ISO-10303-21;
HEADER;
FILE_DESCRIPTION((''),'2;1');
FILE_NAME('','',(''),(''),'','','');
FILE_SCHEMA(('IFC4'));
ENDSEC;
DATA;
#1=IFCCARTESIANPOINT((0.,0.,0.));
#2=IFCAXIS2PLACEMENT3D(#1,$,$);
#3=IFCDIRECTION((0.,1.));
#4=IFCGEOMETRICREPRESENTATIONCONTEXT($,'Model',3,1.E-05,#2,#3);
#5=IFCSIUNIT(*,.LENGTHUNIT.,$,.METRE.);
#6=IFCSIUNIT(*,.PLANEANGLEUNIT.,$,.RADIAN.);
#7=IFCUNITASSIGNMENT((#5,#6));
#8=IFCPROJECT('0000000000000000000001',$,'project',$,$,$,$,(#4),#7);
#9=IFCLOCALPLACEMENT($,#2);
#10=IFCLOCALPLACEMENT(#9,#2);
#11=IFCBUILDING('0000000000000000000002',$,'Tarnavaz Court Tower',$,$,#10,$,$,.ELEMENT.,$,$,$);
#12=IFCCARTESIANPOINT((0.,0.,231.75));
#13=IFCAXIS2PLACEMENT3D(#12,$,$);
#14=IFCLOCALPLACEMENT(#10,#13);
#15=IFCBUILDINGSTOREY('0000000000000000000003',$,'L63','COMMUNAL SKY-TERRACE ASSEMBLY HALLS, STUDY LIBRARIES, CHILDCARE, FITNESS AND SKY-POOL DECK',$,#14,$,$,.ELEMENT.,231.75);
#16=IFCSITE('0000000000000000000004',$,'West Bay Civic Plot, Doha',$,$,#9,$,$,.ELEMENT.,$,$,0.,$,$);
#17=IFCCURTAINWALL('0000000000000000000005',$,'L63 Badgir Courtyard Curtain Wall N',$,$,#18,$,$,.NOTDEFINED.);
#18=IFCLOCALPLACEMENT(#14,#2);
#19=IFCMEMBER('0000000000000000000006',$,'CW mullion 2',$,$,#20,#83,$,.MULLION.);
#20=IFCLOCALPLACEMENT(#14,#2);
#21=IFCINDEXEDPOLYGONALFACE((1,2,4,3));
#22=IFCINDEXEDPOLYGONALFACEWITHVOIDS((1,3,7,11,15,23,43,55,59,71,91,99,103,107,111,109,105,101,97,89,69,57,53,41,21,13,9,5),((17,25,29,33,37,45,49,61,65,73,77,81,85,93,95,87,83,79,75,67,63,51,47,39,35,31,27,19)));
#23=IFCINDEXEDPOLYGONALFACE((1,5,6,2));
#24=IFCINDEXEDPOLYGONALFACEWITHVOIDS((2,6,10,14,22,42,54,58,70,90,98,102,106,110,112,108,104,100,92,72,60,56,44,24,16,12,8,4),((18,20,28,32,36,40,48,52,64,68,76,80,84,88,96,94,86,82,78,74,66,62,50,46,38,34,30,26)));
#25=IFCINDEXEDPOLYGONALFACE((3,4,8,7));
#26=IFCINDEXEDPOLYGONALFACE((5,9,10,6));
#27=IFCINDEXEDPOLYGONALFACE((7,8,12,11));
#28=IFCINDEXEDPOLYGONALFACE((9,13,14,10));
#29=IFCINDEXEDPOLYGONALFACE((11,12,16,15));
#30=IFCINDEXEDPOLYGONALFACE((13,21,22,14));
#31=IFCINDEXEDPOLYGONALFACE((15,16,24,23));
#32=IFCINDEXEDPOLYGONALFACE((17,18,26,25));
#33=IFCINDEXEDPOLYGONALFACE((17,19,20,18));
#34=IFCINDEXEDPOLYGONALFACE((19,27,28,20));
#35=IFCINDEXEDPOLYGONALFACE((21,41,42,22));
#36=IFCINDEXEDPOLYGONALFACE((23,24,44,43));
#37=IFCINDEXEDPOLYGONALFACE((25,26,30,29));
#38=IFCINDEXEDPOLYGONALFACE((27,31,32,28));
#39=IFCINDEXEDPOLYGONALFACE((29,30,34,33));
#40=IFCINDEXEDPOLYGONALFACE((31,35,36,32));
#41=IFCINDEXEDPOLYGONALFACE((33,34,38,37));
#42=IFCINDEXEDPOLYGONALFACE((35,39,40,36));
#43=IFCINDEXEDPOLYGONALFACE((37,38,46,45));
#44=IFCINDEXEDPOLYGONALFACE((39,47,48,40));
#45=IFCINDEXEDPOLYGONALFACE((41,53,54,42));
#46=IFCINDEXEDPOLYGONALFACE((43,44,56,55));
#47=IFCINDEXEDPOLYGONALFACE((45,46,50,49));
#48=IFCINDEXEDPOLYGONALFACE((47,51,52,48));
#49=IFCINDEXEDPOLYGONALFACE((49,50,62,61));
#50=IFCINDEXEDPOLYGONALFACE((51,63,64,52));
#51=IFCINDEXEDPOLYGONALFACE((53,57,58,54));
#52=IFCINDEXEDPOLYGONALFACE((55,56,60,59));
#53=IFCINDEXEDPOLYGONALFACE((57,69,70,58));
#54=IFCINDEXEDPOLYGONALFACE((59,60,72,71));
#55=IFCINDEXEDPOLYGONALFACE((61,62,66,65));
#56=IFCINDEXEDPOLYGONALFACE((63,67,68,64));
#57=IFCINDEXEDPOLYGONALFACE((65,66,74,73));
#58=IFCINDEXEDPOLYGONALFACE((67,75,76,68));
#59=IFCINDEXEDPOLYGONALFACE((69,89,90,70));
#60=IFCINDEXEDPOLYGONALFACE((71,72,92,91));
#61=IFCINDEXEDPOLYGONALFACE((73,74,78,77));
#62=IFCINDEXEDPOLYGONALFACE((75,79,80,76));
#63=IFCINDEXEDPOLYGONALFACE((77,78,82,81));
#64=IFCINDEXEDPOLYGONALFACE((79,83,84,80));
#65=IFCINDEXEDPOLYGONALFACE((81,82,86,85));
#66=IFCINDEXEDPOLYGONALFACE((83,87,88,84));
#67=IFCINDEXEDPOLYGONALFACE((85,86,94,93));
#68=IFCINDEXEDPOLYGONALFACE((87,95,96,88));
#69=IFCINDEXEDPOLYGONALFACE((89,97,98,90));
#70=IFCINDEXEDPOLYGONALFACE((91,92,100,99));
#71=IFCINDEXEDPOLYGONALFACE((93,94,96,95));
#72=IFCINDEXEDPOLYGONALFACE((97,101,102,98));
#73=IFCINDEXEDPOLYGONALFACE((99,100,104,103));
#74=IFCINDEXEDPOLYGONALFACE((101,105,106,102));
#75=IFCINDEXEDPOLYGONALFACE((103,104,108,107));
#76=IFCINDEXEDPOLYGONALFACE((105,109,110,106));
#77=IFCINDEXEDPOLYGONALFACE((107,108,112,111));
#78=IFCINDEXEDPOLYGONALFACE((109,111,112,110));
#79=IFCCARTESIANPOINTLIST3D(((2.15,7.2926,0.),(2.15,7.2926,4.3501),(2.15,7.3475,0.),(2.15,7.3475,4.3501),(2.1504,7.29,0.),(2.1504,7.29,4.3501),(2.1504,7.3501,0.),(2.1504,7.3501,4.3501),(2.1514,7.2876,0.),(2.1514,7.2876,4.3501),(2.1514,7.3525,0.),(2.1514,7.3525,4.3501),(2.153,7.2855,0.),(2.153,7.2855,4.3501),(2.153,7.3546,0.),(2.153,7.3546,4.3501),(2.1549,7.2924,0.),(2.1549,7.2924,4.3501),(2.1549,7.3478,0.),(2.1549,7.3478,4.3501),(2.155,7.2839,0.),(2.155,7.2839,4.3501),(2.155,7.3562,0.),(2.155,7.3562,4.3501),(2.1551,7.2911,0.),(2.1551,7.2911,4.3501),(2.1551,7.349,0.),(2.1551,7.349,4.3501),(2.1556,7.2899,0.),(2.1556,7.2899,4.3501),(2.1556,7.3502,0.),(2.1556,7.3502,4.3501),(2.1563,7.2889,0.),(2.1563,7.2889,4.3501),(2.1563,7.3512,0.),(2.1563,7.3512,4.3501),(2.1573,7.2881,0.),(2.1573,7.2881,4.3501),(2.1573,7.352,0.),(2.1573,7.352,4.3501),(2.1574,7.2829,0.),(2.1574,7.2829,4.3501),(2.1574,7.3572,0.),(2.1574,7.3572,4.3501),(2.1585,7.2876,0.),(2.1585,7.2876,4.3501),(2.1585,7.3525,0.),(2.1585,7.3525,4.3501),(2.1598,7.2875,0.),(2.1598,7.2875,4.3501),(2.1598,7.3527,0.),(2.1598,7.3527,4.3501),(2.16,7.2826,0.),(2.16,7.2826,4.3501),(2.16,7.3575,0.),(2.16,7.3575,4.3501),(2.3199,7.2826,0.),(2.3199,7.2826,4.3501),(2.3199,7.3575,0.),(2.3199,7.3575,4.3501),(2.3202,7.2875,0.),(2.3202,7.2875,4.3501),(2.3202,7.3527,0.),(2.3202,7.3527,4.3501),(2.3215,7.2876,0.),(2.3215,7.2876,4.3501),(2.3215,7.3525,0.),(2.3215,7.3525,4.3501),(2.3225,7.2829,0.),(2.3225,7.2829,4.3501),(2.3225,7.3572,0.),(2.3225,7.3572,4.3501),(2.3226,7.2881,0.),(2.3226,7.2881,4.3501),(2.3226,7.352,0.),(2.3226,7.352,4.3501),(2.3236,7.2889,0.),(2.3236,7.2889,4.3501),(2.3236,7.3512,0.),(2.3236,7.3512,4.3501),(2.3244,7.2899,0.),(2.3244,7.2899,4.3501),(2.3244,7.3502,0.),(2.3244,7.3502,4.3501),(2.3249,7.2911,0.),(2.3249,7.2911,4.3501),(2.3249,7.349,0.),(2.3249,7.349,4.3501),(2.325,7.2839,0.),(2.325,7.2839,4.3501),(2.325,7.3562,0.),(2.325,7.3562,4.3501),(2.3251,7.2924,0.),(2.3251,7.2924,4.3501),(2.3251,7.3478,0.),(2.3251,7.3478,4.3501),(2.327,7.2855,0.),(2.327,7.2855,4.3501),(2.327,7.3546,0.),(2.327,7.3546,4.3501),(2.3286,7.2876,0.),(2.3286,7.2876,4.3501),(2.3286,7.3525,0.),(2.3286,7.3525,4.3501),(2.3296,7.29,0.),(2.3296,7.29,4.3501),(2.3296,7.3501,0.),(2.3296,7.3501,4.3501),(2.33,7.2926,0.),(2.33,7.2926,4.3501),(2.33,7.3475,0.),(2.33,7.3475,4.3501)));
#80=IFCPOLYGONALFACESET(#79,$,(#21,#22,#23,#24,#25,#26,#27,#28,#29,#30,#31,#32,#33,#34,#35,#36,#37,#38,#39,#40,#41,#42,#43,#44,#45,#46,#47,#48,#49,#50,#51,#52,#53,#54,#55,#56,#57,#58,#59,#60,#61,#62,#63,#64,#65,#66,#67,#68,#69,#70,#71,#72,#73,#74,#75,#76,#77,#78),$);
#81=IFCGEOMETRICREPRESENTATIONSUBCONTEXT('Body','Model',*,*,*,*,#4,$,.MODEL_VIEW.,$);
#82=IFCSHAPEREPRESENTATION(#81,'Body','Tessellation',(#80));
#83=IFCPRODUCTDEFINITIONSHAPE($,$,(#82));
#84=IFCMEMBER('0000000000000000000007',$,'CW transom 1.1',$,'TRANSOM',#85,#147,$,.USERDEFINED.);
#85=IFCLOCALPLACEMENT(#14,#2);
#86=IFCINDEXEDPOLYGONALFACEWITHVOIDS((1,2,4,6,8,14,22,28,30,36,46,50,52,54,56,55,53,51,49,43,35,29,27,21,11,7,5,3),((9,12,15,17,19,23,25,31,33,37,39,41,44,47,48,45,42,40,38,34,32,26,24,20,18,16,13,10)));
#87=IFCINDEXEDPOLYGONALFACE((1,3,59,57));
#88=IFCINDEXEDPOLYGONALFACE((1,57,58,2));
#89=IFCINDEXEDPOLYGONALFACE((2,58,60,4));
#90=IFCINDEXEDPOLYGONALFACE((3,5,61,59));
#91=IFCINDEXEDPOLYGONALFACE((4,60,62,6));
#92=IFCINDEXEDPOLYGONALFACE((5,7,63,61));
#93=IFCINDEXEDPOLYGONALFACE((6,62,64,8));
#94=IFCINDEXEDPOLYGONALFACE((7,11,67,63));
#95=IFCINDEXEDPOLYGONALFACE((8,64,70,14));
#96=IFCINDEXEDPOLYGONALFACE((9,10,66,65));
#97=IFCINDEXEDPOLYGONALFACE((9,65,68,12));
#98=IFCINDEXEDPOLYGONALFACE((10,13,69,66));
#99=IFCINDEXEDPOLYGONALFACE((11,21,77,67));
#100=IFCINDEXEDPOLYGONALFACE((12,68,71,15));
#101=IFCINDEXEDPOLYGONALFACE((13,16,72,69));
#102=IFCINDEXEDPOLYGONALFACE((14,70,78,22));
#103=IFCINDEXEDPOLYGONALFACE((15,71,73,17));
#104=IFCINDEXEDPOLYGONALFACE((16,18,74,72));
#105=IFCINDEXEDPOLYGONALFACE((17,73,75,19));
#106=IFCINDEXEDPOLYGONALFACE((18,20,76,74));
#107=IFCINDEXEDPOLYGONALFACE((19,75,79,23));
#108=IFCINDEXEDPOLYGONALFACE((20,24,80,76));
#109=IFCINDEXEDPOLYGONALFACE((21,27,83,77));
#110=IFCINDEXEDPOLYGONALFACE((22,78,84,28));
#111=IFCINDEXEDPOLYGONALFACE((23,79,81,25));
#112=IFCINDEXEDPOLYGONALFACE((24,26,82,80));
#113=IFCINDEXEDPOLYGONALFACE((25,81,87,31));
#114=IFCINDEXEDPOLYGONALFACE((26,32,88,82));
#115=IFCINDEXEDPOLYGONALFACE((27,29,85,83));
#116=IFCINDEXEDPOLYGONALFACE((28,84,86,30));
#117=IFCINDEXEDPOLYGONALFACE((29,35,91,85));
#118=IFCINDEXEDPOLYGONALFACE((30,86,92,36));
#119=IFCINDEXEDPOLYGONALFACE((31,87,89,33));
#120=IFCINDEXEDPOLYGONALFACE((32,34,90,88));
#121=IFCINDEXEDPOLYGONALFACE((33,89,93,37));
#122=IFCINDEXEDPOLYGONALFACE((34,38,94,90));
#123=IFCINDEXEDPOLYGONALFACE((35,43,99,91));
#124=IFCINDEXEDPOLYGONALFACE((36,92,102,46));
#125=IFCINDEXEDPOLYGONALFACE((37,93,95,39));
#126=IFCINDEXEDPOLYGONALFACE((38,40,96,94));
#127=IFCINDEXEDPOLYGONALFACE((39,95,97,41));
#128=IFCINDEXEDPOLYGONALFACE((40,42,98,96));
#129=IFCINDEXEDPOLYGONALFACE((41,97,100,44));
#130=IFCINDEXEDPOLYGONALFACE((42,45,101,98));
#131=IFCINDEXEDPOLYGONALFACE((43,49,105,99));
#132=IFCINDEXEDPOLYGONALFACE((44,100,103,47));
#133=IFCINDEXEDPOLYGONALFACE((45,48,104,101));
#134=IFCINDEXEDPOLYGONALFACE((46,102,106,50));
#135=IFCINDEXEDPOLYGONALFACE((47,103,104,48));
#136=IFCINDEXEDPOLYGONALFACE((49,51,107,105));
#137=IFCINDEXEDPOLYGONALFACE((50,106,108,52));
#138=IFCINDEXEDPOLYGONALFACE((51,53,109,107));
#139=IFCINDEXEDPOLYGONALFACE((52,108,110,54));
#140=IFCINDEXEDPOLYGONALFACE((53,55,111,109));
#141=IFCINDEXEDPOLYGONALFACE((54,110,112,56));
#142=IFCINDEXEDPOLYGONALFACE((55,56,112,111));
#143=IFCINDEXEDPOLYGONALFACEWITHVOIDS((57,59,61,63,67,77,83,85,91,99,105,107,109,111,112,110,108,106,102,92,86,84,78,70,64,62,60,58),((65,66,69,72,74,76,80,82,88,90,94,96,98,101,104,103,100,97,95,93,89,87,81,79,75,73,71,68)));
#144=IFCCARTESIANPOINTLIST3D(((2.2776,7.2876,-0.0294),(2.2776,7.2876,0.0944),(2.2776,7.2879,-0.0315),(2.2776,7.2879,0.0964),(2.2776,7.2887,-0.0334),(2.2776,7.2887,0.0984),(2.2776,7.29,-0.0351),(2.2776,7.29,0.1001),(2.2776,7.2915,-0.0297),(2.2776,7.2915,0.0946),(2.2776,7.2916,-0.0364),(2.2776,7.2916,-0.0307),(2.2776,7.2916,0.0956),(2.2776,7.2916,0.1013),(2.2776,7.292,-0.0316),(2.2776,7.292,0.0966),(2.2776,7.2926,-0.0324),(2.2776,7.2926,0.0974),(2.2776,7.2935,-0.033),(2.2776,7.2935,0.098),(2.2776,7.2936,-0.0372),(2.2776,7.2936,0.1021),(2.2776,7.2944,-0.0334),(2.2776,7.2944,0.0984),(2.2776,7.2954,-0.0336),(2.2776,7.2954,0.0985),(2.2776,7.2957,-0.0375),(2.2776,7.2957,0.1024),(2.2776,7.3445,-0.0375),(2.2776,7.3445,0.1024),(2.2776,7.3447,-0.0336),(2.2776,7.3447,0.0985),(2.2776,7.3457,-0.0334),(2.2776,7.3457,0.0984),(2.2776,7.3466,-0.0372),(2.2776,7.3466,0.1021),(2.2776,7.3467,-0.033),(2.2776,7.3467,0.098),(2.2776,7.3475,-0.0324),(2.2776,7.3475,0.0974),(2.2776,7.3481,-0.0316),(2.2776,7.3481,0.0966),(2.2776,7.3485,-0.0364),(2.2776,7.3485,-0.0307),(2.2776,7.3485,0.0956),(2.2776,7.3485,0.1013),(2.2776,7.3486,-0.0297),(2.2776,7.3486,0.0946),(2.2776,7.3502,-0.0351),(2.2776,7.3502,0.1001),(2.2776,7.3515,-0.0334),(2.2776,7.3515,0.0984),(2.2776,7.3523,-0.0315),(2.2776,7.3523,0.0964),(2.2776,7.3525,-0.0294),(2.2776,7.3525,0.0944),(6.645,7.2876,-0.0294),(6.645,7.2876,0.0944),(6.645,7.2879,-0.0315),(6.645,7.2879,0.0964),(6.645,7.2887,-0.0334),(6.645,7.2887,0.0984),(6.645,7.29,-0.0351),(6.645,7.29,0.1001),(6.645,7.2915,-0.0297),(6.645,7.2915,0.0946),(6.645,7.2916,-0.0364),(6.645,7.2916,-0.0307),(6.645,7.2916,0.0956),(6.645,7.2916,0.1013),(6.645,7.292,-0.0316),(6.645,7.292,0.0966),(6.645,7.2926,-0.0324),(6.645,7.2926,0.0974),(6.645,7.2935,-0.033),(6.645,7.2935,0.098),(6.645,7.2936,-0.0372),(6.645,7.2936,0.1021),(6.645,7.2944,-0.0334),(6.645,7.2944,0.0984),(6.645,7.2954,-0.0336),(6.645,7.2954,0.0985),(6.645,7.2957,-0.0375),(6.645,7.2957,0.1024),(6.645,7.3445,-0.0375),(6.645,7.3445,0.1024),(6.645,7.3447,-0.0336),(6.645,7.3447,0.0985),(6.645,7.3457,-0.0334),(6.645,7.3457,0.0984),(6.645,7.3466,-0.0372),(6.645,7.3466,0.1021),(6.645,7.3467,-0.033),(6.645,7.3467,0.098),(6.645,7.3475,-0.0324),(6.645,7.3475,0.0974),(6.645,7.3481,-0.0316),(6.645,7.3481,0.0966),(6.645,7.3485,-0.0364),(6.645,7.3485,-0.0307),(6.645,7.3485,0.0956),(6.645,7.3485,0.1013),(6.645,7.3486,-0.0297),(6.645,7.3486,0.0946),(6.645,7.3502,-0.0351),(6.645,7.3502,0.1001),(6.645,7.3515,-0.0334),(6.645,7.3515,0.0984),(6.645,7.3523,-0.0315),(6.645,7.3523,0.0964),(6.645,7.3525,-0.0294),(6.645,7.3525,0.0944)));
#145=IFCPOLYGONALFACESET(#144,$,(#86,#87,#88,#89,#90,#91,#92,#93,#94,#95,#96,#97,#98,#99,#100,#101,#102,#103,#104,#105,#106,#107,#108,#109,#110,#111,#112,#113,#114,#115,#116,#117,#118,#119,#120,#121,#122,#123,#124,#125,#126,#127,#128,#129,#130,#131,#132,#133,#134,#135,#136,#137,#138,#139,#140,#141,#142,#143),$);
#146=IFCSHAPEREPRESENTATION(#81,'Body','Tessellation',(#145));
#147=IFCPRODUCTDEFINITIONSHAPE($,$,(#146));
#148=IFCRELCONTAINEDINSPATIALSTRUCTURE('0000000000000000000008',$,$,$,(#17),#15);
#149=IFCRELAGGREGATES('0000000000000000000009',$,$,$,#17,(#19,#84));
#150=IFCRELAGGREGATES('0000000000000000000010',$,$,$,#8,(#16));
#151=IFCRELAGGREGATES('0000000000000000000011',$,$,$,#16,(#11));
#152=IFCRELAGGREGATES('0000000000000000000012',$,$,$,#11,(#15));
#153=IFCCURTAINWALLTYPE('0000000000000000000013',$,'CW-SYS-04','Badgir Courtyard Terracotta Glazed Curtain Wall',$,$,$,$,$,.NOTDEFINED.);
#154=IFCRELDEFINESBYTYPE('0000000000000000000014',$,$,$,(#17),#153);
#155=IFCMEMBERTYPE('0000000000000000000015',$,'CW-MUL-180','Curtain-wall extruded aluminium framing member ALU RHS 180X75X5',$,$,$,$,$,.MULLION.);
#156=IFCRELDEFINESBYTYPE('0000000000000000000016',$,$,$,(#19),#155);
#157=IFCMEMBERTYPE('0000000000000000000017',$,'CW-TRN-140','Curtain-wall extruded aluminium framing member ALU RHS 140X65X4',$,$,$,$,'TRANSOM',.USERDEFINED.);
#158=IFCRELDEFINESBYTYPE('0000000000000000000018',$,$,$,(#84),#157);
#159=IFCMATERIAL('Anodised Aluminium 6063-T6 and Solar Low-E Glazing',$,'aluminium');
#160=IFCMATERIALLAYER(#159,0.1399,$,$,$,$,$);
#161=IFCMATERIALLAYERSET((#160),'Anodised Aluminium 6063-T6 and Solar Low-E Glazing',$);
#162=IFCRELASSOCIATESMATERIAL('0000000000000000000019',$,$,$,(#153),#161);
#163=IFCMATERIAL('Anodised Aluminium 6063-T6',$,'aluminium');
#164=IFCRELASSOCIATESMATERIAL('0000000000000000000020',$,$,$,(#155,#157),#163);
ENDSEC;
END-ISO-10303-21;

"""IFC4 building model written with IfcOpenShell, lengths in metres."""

from ifc_helpers import new_model, si_unit, direction, frame, origin, origin_2d, place, context, subcontext, project, spatial, hollow_rectangle, extrude, material, layer, layer_set, material_profile, profile_set, type_object, element, aggregate, save


model = new_model("IFC4")

# Units and contexts
model_context = context("Model", 3, precision=1e-05, world=origin(), true_north=direction((0.0, 1.0)))
body_context = subcontext(model_context, "Body", "Model", "MODEL_VIEW")
ifc_project = project(units=[si_unit("LENGTHUNIT", "METRE"), si_unit("PLANEANGLEUNIT", "RADIAN")], contexts=[model_context])

# Site, building, storey
site_placement = place(None, origin())
site = spatial("IfcSite", under=ifc_project, at=site_placement, Name="West Bay Civic Plot, Doha", CompositionType="ELEMENT", RefElevation=0.0)
building_placement = place(site_placement, origin())
building = spatial("IfcBuilding", under=site, at=building_placement, Name="Tarnavaz Court Tower", CompositionType="ELEMENT")
storey_placement = place(building_placement, frame((0.0, 0.0, 231.75)))
storey = spatial("IfcBuildingStorey", under=building, at=storey_placement, Name="L63", Description="COMMUNAL SKY-TERRACE ASSEMBLY HALLS, STUDY LIBRARIES, CHILDCARE, FITNESS AND SKY-POOL DECK", CompositionType="ELEMENT", Elevation=231.75)

# Curtain wall, members
ifc_material_1 = material(Name="Anodised Aluminium 6063-T6 and Solar Low-E Glazing", Category="aluminium")
ifc_layer_1 = layer(ifc_material_1, 0.1399)
ifc_layer_set_1 = layer_set([ifc_layer_1], Name="Anodised Aluminium 6063-T6 and Solar Low-E Glazing")
curtain_wall_type = type_object("IfcCurtainWallType", Name="CW-SYS-04", Description="Badgir Courtyard Terracotta Glazed Curtain Wall", PredefinedType="NOTDEFINED", material=ifc_layer_set_1)
curtain_wall_placement = place(storey_placement, origin())
curtain_wall = element("IfcCurtainWall", 1, at=curtain_wall_placement, inside=storey, type_object=curtain_wall_type, Name="L63 Badgir Courtyard Curtain Wall N", PredefinedType="NOTDEFINED")
ifc_material_2 = material(Name="Anodised Aluminium 6063-T6", Category="aluminium")
ifc_material_profile_1 = material_profile(ifc_material_2, hollow_rectangle(XDim=0.075, YDim=0.1799, WallThickness=0.0049, InnerFilletRadius=0.0049, OuterFilletRadius=0.01, at=origin_2d()), Name="ALU RHS 180X75X5")
ifc_profile_set_1 = profile_set([ifc_material_profile_1], Name="Anodised Aluminium 6063-T6")
member_type_1 = type_object("IfcMemberType", Name="CW-MUL-180", Description="Curtain-wall extruded aluminium framing member ALU RHS 180X75X5", PredefinedType="MULLION", material=ifc_profile_set_1)
member_1_placement = place(storey_placement, frame((2.24, 7.3201, 0.0), z_axis=(0.0, 0.0, 1.0), x_axis=(0.0, -1.0, 0.0)))
member_1 = element("IfcMember", 2, at=member_1_placement, type_object=member_type_1, Name="CW mullion 2", PredefinedType="MULLION", context=body_context, shape_type="SweptSolid", body=[
    extrude(hollow_rectangle(XDim=0.075, YDim=0.1799, WallThickness=0.0049, InnerFilletRadius=0.0049, OuterFilletRadius=0.01, at=origin_2d()), origin(), (0.0, 0.0, 1.0), 4.3501),
])
ifc_material_profile_2 = material_profile(ifc_material_2, hollow_rectangle(XDim=0.0649, YDim=0.1399, WallThickness=0.0039, InnerFilletRadius=0.0039, OuterFilletRadius=0.0081, at=origin_2d()), Name="ALU RHS 140X65X4")
ifc_profile_set_2 = profile_set([ifc_material_profile_2], Name="Anodised Aluminium 6063-T6")
member_type_2 = type_object("IfcMemberType", Name="CW-TRN-140", Description="Curtain-wall extruded aluminium framing member ALU RHS 140X65X4", ElementType="TRANSOM", PredefinedType="USERDEFINED", material=ifc_profile_set_2)
member_2_placement = place(storey_placement, frame((6.645, 7.3201, 0.0325), z_axis=(-1.0, 0.0, 0.0), x_axis=(0.0, -1.0, 0.0)))
member_2 = element("IfcMember", 3, at=member_2_placement, type_object=member_type_2, Name="CW transom 1.1", ObjectType="TRANSOM", PredefinedType="USERDEFINED", context=body_context, shape_type="SweptSolid", body=[
    extrude(hollow_rectangle(XDim=0.0649, YDim=0.1399, WallThickness=0.0039, InnerFilletRadius=0.0039, OuterFilletRadius=0.0081, at=origin_2d()), origin(), (0.0, 0.0, 1.0), 4.3674),
])
aggregate(curtain_wall, [member_1, member_2])

save(model, "model.ifc")
